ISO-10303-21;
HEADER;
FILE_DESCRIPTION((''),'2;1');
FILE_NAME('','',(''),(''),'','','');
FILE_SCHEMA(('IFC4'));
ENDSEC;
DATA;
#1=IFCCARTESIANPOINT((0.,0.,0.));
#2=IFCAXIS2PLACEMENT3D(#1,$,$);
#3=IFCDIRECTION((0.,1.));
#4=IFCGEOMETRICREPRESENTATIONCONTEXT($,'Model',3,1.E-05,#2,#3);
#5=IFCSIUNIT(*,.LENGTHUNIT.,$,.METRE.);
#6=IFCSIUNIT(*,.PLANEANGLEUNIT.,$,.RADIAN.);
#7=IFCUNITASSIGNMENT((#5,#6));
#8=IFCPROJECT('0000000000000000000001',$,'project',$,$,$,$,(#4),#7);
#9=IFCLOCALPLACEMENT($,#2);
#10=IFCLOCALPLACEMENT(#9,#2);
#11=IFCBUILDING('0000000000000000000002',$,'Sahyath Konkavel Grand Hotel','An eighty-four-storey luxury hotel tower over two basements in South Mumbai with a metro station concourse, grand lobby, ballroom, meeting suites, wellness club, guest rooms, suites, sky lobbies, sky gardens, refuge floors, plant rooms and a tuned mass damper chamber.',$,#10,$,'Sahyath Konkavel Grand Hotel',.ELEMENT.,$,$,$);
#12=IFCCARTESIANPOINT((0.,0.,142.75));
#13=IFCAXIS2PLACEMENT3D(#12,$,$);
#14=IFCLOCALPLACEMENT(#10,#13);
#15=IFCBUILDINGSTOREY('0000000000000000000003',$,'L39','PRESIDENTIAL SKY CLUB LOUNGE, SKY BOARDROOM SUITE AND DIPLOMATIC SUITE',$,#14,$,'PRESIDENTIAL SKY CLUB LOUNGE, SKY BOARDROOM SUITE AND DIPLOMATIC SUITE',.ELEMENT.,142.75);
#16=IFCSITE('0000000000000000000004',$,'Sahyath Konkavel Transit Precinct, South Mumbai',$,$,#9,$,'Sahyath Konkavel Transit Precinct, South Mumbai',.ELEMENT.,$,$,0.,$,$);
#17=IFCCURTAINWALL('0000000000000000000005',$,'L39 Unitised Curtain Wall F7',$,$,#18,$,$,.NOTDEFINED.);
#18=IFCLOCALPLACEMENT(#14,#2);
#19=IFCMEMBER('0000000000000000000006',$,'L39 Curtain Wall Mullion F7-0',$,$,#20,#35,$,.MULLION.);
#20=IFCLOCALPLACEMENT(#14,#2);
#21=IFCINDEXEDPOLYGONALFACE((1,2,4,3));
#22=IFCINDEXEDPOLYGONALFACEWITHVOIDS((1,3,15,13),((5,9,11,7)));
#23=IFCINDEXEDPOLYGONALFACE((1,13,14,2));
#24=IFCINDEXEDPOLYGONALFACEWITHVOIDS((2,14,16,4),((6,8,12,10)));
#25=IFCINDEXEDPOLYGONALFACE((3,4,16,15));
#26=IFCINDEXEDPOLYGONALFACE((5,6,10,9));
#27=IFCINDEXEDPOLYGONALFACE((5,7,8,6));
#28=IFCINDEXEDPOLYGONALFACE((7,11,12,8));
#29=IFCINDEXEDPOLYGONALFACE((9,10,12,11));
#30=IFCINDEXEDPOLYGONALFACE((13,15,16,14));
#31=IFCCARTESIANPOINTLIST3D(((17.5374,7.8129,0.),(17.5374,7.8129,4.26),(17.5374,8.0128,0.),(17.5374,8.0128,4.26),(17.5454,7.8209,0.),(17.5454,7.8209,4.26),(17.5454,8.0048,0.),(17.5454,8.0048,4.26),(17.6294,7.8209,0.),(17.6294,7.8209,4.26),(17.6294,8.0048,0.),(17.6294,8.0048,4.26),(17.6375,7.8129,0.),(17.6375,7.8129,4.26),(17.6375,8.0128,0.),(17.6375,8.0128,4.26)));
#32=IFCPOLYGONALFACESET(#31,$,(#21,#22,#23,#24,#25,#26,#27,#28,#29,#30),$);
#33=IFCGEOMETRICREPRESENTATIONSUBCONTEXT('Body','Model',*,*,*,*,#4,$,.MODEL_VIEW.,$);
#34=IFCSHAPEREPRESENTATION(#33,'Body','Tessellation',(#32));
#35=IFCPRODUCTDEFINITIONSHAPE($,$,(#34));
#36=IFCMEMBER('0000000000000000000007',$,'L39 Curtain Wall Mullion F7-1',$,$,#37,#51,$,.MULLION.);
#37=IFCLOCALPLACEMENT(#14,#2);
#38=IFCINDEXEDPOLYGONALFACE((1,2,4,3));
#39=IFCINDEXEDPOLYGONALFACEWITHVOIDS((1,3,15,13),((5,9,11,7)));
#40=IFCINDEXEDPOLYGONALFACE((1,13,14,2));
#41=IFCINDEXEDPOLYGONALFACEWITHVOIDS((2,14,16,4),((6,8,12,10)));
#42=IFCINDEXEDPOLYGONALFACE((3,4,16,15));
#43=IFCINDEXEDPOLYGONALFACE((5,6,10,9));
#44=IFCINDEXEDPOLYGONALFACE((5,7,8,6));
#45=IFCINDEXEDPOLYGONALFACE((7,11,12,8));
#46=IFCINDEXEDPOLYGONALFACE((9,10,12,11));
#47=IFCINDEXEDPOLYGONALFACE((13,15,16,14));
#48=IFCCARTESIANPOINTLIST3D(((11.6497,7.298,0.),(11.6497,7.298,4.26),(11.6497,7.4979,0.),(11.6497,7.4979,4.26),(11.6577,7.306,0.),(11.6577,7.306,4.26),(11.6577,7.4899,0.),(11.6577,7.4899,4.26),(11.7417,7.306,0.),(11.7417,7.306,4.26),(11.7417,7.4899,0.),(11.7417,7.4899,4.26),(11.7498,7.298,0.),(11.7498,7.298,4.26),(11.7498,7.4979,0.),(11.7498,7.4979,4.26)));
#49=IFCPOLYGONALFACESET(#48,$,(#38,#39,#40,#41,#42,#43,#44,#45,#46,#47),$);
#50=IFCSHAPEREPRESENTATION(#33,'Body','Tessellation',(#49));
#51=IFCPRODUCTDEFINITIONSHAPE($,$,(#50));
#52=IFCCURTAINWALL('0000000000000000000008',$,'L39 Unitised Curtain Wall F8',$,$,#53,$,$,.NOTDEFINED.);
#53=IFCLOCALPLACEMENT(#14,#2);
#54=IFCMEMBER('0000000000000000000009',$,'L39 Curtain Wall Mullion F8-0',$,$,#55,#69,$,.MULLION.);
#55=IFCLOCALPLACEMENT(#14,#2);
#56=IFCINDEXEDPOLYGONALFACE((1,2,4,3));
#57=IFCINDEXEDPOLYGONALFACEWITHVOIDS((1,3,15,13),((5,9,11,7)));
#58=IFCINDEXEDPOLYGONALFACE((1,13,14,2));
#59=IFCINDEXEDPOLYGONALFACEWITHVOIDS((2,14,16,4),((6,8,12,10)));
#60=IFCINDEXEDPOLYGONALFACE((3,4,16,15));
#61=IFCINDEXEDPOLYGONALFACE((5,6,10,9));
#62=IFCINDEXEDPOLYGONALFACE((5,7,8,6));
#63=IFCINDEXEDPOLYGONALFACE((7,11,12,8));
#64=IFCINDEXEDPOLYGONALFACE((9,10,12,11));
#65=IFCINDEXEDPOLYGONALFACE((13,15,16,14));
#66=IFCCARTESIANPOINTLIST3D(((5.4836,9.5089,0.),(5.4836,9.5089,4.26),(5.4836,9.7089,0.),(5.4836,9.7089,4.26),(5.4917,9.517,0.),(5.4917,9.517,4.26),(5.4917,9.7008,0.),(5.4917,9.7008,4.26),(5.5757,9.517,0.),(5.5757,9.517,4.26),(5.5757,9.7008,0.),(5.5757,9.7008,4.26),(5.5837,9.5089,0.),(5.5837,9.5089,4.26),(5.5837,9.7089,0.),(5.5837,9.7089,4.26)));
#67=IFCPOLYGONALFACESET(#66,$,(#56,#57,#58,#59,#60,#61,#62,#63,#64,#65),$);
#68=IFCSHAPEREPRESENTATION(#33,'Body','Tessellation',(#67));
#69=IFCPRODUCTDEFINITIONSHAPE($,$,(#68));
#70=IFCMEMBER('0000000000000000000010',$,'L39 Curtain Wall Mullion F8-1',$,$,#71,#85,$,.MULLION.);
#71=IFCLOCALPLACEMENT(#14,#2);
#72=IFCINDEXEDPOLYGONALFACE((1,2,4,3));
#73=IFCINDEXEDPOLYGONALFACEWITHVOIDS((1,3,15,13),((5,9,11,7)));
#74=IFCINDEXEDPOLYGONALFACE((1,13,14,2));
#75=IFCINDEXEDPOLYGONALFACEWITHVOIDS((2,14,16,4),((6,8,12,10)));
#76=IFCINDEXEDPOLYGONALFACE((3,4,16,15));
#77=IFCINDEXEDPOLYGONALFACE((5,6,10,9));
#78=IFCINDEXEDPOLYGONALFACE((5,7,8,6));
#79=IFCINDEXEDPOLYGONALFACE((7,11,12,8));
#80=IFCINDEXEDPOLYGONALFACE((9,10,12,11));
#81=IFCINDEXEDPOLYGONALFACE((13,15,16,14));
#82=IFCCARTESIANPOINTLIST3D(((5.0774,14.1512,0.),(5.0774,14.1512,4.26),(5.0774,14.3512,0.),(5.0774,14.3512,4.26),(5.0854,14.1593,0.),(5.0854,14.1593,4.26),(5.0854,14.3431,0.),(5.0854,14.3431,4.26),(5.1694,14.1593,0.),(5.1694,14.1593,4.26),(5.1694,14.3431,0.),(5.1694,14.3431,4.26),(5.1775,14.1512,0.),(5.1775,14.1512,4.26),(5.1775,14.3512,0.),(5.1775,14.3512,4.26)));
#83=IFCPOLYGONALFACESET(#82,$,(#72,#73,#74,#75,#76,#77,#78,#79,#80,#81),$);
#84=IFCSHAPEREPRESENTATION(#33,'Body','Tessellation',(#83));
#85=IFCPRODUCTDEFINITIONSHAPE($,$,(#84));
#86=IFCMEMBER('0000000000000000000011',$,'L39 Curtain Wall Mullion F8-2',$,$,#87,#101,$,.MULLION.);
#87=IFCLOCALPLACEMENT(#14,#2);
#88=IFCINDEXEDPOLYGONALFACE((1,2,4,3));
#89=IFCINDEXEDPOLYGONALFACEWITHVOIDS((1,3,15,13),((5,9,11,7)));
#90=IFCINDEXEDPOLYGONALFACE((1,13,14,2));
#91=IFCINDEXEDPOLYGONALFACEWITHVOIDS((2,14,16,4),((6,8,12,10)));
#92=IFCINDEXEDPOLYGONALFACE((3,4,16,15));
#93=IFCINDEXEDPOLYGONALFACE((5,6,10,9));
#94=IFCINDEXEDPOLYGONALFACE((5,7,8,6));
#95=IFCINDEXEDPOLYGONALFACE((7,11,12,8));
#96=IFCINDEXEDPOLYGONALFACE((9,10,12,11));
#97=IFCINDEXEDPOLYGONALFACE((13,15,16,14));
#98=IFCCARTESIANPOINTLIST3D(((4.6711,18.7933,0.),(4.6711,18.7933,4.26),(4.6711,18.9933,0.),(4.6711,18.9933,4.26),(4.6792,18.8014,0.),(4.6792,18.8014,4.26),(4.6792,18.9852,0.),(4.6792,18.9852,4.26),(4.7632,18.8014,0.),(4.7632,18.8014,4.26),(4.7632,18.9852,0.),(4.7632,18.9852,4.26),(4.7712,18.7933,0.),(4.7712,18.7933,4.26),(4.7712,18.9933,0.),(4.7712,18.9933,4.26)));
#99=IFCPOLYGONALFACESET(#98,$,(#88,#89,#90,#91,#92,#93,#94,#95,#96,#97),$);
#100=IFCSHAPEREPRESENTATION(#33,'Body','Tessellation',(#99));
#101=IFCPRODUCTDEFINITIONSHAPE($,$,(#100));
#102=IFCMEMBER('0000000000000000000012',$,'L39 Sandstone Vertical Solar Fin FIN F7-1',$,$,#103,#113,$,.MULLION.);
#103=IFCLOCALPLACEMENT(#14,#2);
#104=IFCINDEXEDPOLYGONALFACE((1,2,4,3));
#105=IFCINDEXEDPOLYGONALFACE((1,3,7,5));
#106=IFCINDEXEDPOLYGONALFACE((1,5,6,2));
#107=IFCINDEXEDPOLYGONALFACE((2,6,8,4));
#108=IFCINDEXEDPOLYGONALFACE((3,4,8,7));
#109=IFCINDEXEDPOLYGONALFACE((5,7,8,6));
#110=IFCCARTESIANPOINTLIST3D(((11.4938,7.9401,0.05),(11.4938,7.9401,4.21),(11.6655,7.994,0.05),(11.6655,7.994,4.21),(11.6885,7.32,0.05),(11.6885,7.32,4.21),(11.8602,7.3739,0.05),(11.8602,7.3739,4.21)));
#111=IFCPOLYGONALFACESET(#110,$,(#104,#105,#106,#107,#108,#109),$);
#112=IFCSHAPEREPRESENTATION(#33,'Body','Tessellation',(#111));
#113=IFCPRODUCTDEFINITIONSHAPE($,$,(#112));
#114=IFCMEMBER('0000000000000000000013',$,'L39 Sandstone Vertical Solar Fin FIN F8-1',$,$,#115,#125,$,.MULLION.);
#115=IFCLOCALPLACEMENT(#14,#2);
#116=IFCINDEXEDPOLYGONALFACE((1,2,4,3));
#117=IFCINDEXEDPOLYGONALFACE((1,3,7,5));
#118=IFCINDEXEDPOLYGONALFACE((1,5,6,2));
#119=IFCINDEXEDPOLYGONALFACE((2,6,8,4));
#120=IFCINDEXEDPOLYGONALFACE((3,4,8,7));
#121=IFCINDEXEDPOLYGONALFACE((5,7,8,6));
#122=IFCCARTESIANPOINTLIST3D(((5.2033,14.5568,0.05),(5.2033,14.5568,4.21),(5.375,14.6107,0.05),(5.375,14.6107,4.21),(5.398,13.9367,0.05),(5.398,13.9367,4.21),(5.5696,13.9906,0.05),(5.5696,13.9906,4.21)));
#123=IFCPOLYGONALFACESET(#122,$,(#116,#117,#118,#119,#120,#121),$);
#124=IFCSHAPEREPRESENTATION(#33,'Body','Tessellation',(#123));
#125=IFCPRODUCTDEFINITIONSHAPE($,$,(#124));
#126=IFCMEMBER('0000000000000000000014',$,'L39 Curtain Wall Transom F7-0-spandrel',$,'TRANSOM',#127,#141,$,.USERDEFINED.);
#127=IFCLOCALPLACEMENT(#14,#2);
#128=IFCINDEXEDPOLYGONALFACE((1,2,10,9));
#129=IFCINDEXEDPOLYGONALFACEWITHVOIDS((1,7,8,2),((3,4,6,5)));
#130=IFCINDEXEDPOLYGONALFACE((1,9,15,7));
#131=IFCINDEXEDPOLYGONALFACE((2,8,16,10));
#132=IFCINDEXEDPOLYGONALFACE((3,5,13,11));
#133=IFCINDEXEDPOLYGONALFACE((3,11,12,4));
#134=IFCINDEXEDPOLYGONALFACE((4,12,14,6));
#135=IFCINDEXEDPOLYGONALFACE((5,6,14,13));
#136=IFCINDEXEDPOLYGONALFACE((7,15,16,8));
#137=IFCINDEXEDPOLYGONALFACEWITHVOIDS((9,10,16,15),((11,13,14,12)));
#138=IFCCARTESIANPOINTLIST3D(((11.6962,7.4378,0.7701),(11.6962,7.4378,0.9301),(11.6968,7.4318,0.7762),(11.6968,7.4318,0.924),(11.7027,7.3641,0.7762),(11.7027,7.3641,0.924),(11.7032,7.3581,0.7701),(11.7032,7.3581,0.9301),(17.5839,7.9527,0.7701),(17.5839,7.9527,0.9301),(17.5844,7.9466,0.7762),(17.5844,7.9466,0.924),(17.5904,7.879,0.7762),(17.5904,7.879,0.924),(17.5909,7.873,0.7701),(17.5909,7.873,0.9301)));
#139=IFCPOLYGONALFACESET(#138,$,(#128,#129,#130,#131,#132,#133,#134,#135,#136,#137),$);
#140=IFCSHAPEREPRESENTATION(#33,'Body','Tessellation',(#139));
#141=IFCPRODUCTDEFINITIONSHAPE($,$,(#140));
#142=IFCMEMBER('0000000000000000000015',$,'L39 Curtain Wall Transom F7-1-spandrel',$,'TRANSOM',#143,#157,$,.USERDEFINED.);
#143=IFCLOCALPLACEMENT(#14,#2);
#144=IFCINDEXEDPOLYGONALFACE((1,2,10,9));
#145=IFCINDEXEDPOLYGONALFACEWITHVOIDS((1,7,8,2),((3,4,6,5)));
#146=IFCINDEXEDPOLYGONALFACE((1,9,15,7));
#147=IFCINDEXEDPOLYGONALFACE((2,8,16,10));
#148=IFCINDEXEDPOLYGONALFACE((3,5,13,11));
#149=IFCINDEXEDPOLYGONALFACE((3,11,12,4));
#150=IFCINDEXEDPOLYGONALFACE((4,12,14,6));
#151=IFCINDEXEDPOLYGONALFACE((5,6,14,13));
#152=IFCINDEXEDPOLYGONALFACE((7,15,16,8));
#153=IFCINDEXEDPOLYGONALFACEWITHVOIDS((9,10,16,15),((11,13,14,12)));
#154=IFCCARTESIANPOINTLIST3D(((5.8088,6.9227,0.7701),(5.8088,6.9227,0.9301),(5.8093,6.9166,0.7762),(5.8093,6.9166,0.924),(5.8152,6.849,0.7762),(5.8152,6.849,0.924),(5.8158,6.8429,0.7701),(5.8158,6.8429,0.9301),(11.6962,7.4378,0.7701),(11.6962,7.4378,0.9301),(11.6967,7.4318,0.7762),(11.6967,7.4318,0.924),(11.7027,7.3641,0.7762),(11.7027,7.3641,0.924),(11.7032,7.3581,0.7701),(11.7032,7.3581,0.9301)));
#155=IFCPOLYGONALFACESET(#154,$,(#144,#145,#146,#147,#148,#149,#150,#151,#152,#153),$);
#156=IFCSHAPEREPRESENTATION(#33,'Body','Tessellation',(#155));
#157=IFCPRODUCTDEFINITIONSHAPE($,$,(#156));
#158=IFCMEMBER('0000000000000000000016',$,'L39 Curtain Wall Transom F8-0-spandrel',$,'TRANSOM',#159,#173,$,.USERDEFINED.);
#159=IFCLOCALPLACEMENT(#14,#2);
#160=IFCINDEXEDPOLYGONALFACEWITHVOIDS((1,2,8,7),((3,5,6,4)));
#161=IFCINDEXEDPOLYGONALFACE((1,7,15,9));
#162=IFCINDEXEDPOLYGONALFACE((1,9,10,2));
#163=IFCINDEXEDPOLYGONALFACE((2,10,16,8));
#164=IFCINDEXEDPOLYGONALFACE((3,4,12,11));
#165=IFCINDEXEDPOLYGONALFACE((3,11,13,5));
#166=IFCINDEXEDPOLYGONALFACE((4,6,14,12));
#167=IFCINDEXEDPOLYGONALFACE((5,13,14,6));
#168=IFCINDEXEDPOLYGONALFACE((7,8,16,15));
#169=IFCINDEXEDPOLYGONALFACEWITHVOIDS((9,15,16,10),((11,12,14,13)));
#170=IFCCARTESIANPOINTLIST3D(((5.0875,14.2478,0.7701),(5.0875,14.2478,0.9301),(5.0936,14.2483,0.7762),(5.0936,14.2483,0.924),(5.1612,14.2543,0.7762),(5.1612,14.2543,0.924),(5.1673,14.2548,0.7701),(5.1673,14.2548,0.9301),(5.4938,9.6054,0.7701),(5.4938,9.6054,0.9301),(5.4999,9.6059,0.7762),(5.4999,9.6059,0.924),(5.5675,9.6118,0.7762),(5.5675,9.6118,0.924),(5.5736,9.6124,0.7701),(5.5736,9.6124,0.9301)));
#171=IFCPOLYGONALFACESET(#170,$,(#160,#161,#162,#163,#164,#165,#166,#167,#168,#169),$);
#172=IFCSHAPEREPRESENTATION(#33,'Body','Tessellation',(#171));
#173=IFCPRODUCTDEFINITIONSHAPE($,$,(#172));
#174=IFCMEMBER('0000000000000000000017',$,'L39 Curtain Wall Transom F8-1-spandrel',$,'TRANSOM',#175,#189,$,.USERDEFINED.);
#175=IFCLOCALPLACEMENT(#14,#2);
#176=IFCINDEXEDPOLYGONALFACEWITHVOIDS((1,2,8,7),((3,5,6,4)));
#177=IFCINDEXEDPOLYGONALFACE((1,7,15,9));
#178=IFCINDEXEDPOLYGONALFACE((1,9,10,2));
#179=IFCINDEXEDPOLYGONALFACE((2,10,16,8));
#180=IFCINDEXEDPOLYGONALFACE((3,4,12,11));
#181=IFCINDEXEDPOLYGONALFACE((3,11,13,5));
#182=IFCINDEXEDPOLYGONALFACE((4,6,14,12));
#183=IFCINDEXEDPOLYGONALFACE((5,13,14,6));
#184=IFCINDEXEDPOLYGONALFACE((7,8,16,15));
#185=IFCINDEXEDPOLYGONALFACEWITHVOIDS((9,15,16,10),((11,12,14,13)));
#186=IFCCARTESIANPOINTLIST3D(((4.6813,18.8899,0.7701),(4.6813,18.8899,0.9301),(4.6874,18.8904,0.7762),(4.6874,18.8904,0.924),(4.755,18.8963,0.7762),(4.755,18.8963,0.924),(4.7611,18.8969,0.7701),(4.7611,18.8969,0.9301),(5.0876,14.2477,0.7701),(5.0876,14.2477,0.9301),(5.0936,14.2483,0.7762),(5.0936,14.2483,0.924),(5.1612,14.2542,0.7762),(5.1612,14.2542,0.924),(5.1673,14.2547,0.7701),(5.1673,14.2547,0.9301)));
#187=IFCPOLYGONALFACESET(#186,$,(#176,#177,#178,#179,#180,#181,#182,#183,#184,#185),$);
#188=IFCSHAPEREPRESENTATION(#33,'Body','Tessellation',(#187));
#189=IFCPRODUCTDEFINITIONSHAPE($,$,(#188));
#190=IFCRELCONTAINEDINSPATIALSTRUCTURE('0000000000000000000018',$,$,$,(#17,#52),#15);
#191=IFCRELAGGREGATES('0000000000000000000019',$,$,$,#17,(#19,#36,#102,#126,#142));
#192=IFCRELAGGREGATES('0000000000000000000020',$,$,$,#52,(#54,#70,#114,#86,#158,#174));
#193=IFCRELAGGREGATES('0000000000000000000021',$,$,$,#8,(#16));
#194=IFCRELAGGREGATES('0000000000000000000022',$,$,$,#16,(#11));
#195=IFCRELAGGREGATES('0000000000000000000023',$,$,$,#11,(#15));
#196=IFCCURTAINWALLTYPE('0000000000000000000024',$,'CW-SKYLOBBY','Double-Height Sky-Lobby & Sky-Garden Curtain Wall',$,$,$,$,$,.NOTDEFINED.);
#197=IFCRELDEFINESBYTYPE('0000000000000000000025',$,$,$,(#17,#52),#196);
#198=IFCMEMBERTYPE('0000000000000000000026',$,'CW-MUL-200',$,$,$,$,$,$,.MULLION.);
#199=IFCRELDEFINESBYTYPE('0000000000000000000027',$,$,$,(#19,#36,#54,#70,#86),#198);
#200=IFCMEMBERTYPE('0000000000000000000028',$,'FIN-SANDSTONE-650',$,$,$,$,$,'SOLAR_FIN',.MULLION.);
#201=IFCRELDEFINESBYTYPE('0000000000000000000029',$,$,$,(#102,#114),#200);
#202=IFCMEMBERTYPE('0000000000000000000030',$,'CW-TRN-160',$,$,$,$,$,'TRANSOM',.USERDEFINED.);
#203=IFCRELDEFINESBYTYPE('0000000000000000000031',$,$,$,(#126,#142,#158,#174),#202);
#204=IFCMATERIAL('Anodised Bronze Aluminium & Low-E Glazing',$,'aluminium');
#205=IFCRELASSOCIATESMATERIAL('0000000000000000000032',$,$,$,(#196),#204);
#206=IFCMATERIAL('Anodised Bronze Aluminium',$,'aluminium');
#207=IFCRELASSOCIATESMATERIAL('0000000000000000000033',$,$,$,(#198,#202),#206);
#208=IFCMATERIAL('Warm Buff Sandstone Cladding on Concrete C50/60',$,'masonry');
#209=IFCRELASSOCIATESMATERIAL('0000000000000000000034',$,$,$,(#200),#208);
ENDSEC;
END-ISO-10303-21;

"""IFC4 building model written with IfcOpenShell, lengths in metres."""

from ifc_helpers import new_model, si_unit, direction, frame, origin, origin_2d, place, context, subcontext, project, spatial, rectangle, hollow_rectangle, extrude, source, transform, mapped, material, material_profile, profile_set, type_object, element, aggregate, save


model = new_model("IFC4")

# Units and contexts
model_context = context("Model", 3, precision=1e-05, world=origin(), true_north=direction((0.0, 1.0)))
body_context = subcontext(model_context, "Body", "Model", "MODEL_VIEW")
ifc_project = project(units=[si_unit("LENGTHUNIT", "METRE"), si_unit("PLANEANGLEUNIT", "RADIAN")], contexts=[model_context])

# Site, building, storey
site_placement = place(None, origin())
site = spatial("IfcSite", under=ifc_project, at=site_placement, Name="Sahyath Konkavel Transit Precinct, South Mumbai", LongName="Sahyath Konkavel Transit Precinct, South Mumbai", CompositionType="ELEMENT", RefElevation=0.0)
building_placement = place(site_placement, origin())
building = spatial("IfcBuilding", under=site, at=building_placement, Name="Sahyath Konkavel Grand Hotel", Description="An eighty-four-storey luxury hotel tower over two basements in South Mumbai with a metro station concourse, grand lobby, ballroom, meeting suites, wellness club, guest rooms, suites, sky lobbies, sky gardens, refuge floors, plant rooms and a tuned mass damper chamber.", LongName="Sahyath Konkavel Grand Hotel", CompositionType="ELEMENT")
storey_placement = place(building_placement, frame((0.0, 0.0, 142.75)))
storey = spatial("IfcBuildingStorey", under=building, at=storey_placement, Name="L39", Description="PRESIDENTIAL SKY CLUB LOUNGE, SKY BOARDROOM SUITE AND DIPLOMATIC SUITE", LongName="PRESIDENTIAL SKY CLUB LOUNGE, SKY BOARDROOM SUITE AND DIPLOMATIC SUITE", CompositionType="ELEMENT", Elevation=142.75)

# Curtain walls, members
ifc_material_1 = material(Name="Anodised Bronze Aluminium & Low-E Glazing", Category="aluminium")
curtain_wall_type = type_object("IfcCurtainWallType", Name="CW-SKYLOBBY", Description="Double-Height Sky-Lobby & Sky-Garden Curtain Wall", PredefinedType="NOTDEFINED", material=ifc_material_1)
curtain_wall_1_placement = place(storey_placement, origin())
curtain_wall_1 = element("IfcCurtainWall", 1, at=curtain_wall_1_placement, inside=storey, type_object=curtain_wall_type, Name="L39 Unitised Curtain Wall F7", PredefinedType="NOTDEFINED")
ifc_material_2 = material(Name="Anodised Bronze Aluminium", Category="aluminium")
ifc_material_profile_1 = material_profile(ifc_material_2, hollow_rectangle(XDim=0.1001, YDim=0.2, WallThickness=0.0081, at=origin_2d()), Name="RHS 200x100x8")
ifc_profile_set_1 = profile_set([ifc_material_profile_1], Name="Anodised Bronze Aluminium")
member_type_1 = type_object("IfcMemberType", Name="CW-MUL-200", PredefinedType="MULLION", material=ifc_profile_set_1)
shared_shape_1 = source(origin(), body_context, "Body", "SweptSolid", [
    extrude(hollow_rectangle(XDim=0.1001, YDim=0.2, WallThickness=0.0081, at=origin_2d()), origin(), (0.0, 0.0, 1.0), 4.26),
])
member_1_placement = place(storey_placement, frame((17.5874, 7.9128, 0.0), z_axis=(0.0, 0.0, 1.0), x_axis=(1.0, 0.0, 0.0)))
member_1 = element("IfcMember", 2, at=member_1_placement, type_object=member_type_1, Name="L39 Curtain Wall Mullion F7-0", PredefinedType="MULLION", context=body_context, shape_type="MappedRepresentation", body=[
    mapped(shared_shape_1, transform((0.0, 0.0, 0.0), scale=1.0)),
])
member_2_placement = place(storey_placement, frame((11.6997, 7.3979, 0.0), z_axis=(0.0, 0.0, 1.0), x_axis=(1.0, 0.0, 0.0)))
member_2 = element("IfcMember", 3, at=member_2_placement, type_object=member_type_1, Name="L39 Curtain Wall Mullion F7-1", PredefinedType="MULLION", context=body_context, shape_type="MappedRepresentation", body=[
    mapped(shared_shape_1, transform((0.0, 0.0, 0.0), scale=1.0)),
])
curtain_wall_2_placement = place(storey_placement, origin())
curtain_wall_2 = element("IfcCurtainWall", 4, at=curtain_wall_2_placement, inside=storey, type_object=curtain_wall_type, Name="L39 Unitised Curtain Wall F8", PredefinedType="NOTDEFINED")
member_3_placement = place(storey_placement, frame((5.5337, 9.6089, 0.0), z_axis=(0.0, 0.0, 1.0), x_axis=(1.0, 0.0, 0.0)))
member_3 = element("IfcMember", 5, at=member_3_placement, type_object=member_type_1, Name="L39 Curtain Wall Mullion F8-0", PredefinedType="MULLION", context=body_context, shape_type="MappedRepresentation", body=[
    mapped(shared_shape_1, transform((0.0, 0.0, 0.0), scale=1.0)),
])
member_4_placement = place(storey_placement, frame((5.1274, 14.2512, 0.0), z_axis=(0.0, 0.0, 1.0), x_axis=(1.0, 0.0, 0.0)))
member_4 = element("IfcMember", 6, at=member_4_placement, type_object=member_type_1, Name="L39 Curtain Wall Mullion F8-1", PredefinedType="MULLION", context=body_context, shape_type="MappedRepresentation", body=[
    mapped(shared_shape_1, transform((0.0, 0.0, 0.0), scale=1.0)),
])
member_5_placement = place(storey_placement, frame((4.7212, 18.8933, 0.0), z_axis=(0.0, 0.0, 1.0), x_axis=(1.0, 0.0, 0.0)))
member_5 = element("IfcMember", 7, at=member_5_placement, type_object=member_type_1, Name="L39 Curtain Wall Mullion F8-2", PredefinedType="MULLION", context=body_context, shape_type="MappedRepresentation", body=[
    mapped(shared_shape_1, transform((0.0, 0.0, 0.0), scale=1.0)),
])

# Members
ifc_material_3 = material(Name="Warm Buff Sandstone Cladding on Concrete C50/60", Category="masonry")
ifc_material_profile_2 = material_profile(ifc_material_3, rectangle(XDim=0.1799, YDim=0.6499, at=origin_2d()), Name="FIN 180x650")
ifc_profile_set_2 = profile_set([ifc_material_profile_2], Name="Warm Buff Sandstone Cladding on Concrete C50/60")
member_type_2 = type_object("IfcMemberType", Name="FIN-SANDSTONE-650", ElementType="SOLAR_FIN", PredefinedType="MULLION", material=ifc_profile_set_2)
shared_shape_2 = source(origin(), body_context, "Body", "SweptSolid", [
    extrude(rectangle(XDim=0.1799, YDim=0.6499, at=origin_2d()), origin(), (0.0, 0.0, 1.0), 4.1599),
])
member_6_placement = place(storey_placement, frame((11.677, 7.657, 0.05), z_axis=(0.0, 0.0, 1.0), x_axis=(0.954084, 0.29954, 0.0)))
member_6 = element("IfcMember", 8, at=member_6_placement, type_object=member_type_2, Name="L39 Sandstone Vertical Solar Fin FIN F7-1", PredefinedType="MULLION", context=body_context, shape_type="MappedRepresentation", body=[
    mapped(shared_shape_2, transform((0.0, 0.0, 0.0), scale=1.0)),
])
member_7_placement = place(storey_placement, frame((5.3865, 14.2737, 0.05), z_axis=(0.0, 0.0, 1.0), x_axis=(0.954084, 0.29954, 0.0)))
member_7 = element("IfcMember", 9, at=member_7_placement, type_object=member_type_2, Name="L39 Sandstone Vertical Solar Fin FIN F8-1", PredefinedType="MULLION", context=body_context, shape_type="MappedRepresentation", body=[
    mapped(shared_shape_2, transform((0.0, 0.0, 0.0), scale=1.0)),
])
ifc_material_profile_3 = material_profile(ifc_material_2, hollow_rectangle(XDim=0.0801, YDim=0.1599, WallThickness=0.0061, at=origin_2d()), Name="RHS 160x80x6")
ifc_profile_set_3 = profile_set([ifc_material_profile_3], Name="Anodised Bronze Aluminium")
member_type_3 = type_object("IfcMemberType", Name="CW-TRN-160", ElementType="TRANSOM", PredefinedType="USERDEFINED", material=ifc_profile_set_3)
shared_shape_3 = source(origin(), body_context, "Body", "SweptSolid", [
    extrude(hollow_rectangle(XDim=0.0801, YDim=0.1599, WallThickness=0.0061, at=origin_2d()), origin(), (0.0, 0.0, 1.0), 5.9102),
])
member_8_placement = place(storey_placement, frame((17.5874, 7.9128, 0.8501), z_axis=(-0.996198, -0.08712, 0.0), x_axis=(0.08712, -0.996198, 0.0)))
member_8 = element("IfcMember", 10, at=member_8_placement, type_object=member_type_3, Name="L39 Curtain Wall Transom F7-0-spandrel", ObjectType="TRANSOM", PredefinedType="USERDEFINED", context=body_context, shape_type="MappedRepresentation", body=[
    mapped(shared_shape_3, transform((0.0, 0.0, 0.0), scale=1.0)),
])
shared_shape_4 = source(origin(), body_context, "Body", "SweptSolid", [
    extrude(hollow_rectangle(XDim=0.0801, YDim=0.1599, WallThickness=0.0061, at=origin_2d()), origin(), (0.0, 0.0, 1.0), 5.9099),
])
member_9_placement = place(storey_placement, frame((11.6997, 7.3979, 0.8501), z_axis=(-0.996194, -0.087164, 0.0), x_axis=(0.087164, -0.996194, 0.0)))
member_9 = element("IfcMember", 11, at=member_9_placement, type_object=member_type_3, Name="L39 Curtain Wall Transom F7-1-spandrel", ObjectType="TRANSOM", PredefinedType="USERDEFINED", context=body_context, shape_type="MappedRepresentation", body=[
    mapped(shared_shape_4, transform((0.0, 0.0, 0.0), scale=1.0)),
])
shared_shape_5 = source(origin(), body_context, "Body", "SweptSolid", [
    extrude(hollow_rectangle(XDim=0.0801, YDim=0.1599, WallThickness=0.0061, at=origin_2d()), origin(), (0.0, 0.0, 1.0), 4.6602),
])
member_10_placement = place(storey_placement, frame((5.5337, 9.6089, 0.8501), z_axis=(-0.087177, 0.996193, 0.0), x_axis=(-0.996193, -0.087177, 0.0)))
member_10 = element("IfcMember", 12, at=member_10_placement, type_object=member_type_3, Name="L39 Curtain Wall Transom F8-0-spandrel", ObjectType="TRANSOM", PredefinedType="USERDEFINED", context=body_context, shape_type="MappedRepresentation", body=[
    mapped(shared_shape_5, transform((0.0, 0.0, 0.0), scale=1.0)),
])
shared_shape_6 = source(origin(), body_context, "Body", "SweptSolid", [
    extrude(hollow_rectangle(XDim=0.0801, YDim=0.1599, WallThickness=0.0061, at=origin_2d()), origin(), (0.0, 0.0, 1.0), 4.6599),
])
member_11_placement = place(storey_placement, frame((5.1274, 14.2512, 0.8501), z_axis=(-0.087181, 0.996192, 0.0), x_axis=(-0.996192, -0.087181, 0.0)))
member_11 = element("IfcMember", 13, at=member_11_placement, type_object=member_type_3, Name="L39 Curtain Wall Transom F8-1-spandrel", ObjectType="TRANSOM", PredefinedType="USERDEFINED", context=body_context, shape_type="MappedRepresentation", body=[
    mapped(shared_shape_6, transform((0.0, 0.0, 0.0), scale=1.0)),
])

aggregate(curtain_wall_1, [member_1, member_2, member_6, member_8, member_9])
aggregate(curtain_wall_2, [member_3, member_4, member_7, member_5, member_10, member_11])

save(model, "model.ifc")
